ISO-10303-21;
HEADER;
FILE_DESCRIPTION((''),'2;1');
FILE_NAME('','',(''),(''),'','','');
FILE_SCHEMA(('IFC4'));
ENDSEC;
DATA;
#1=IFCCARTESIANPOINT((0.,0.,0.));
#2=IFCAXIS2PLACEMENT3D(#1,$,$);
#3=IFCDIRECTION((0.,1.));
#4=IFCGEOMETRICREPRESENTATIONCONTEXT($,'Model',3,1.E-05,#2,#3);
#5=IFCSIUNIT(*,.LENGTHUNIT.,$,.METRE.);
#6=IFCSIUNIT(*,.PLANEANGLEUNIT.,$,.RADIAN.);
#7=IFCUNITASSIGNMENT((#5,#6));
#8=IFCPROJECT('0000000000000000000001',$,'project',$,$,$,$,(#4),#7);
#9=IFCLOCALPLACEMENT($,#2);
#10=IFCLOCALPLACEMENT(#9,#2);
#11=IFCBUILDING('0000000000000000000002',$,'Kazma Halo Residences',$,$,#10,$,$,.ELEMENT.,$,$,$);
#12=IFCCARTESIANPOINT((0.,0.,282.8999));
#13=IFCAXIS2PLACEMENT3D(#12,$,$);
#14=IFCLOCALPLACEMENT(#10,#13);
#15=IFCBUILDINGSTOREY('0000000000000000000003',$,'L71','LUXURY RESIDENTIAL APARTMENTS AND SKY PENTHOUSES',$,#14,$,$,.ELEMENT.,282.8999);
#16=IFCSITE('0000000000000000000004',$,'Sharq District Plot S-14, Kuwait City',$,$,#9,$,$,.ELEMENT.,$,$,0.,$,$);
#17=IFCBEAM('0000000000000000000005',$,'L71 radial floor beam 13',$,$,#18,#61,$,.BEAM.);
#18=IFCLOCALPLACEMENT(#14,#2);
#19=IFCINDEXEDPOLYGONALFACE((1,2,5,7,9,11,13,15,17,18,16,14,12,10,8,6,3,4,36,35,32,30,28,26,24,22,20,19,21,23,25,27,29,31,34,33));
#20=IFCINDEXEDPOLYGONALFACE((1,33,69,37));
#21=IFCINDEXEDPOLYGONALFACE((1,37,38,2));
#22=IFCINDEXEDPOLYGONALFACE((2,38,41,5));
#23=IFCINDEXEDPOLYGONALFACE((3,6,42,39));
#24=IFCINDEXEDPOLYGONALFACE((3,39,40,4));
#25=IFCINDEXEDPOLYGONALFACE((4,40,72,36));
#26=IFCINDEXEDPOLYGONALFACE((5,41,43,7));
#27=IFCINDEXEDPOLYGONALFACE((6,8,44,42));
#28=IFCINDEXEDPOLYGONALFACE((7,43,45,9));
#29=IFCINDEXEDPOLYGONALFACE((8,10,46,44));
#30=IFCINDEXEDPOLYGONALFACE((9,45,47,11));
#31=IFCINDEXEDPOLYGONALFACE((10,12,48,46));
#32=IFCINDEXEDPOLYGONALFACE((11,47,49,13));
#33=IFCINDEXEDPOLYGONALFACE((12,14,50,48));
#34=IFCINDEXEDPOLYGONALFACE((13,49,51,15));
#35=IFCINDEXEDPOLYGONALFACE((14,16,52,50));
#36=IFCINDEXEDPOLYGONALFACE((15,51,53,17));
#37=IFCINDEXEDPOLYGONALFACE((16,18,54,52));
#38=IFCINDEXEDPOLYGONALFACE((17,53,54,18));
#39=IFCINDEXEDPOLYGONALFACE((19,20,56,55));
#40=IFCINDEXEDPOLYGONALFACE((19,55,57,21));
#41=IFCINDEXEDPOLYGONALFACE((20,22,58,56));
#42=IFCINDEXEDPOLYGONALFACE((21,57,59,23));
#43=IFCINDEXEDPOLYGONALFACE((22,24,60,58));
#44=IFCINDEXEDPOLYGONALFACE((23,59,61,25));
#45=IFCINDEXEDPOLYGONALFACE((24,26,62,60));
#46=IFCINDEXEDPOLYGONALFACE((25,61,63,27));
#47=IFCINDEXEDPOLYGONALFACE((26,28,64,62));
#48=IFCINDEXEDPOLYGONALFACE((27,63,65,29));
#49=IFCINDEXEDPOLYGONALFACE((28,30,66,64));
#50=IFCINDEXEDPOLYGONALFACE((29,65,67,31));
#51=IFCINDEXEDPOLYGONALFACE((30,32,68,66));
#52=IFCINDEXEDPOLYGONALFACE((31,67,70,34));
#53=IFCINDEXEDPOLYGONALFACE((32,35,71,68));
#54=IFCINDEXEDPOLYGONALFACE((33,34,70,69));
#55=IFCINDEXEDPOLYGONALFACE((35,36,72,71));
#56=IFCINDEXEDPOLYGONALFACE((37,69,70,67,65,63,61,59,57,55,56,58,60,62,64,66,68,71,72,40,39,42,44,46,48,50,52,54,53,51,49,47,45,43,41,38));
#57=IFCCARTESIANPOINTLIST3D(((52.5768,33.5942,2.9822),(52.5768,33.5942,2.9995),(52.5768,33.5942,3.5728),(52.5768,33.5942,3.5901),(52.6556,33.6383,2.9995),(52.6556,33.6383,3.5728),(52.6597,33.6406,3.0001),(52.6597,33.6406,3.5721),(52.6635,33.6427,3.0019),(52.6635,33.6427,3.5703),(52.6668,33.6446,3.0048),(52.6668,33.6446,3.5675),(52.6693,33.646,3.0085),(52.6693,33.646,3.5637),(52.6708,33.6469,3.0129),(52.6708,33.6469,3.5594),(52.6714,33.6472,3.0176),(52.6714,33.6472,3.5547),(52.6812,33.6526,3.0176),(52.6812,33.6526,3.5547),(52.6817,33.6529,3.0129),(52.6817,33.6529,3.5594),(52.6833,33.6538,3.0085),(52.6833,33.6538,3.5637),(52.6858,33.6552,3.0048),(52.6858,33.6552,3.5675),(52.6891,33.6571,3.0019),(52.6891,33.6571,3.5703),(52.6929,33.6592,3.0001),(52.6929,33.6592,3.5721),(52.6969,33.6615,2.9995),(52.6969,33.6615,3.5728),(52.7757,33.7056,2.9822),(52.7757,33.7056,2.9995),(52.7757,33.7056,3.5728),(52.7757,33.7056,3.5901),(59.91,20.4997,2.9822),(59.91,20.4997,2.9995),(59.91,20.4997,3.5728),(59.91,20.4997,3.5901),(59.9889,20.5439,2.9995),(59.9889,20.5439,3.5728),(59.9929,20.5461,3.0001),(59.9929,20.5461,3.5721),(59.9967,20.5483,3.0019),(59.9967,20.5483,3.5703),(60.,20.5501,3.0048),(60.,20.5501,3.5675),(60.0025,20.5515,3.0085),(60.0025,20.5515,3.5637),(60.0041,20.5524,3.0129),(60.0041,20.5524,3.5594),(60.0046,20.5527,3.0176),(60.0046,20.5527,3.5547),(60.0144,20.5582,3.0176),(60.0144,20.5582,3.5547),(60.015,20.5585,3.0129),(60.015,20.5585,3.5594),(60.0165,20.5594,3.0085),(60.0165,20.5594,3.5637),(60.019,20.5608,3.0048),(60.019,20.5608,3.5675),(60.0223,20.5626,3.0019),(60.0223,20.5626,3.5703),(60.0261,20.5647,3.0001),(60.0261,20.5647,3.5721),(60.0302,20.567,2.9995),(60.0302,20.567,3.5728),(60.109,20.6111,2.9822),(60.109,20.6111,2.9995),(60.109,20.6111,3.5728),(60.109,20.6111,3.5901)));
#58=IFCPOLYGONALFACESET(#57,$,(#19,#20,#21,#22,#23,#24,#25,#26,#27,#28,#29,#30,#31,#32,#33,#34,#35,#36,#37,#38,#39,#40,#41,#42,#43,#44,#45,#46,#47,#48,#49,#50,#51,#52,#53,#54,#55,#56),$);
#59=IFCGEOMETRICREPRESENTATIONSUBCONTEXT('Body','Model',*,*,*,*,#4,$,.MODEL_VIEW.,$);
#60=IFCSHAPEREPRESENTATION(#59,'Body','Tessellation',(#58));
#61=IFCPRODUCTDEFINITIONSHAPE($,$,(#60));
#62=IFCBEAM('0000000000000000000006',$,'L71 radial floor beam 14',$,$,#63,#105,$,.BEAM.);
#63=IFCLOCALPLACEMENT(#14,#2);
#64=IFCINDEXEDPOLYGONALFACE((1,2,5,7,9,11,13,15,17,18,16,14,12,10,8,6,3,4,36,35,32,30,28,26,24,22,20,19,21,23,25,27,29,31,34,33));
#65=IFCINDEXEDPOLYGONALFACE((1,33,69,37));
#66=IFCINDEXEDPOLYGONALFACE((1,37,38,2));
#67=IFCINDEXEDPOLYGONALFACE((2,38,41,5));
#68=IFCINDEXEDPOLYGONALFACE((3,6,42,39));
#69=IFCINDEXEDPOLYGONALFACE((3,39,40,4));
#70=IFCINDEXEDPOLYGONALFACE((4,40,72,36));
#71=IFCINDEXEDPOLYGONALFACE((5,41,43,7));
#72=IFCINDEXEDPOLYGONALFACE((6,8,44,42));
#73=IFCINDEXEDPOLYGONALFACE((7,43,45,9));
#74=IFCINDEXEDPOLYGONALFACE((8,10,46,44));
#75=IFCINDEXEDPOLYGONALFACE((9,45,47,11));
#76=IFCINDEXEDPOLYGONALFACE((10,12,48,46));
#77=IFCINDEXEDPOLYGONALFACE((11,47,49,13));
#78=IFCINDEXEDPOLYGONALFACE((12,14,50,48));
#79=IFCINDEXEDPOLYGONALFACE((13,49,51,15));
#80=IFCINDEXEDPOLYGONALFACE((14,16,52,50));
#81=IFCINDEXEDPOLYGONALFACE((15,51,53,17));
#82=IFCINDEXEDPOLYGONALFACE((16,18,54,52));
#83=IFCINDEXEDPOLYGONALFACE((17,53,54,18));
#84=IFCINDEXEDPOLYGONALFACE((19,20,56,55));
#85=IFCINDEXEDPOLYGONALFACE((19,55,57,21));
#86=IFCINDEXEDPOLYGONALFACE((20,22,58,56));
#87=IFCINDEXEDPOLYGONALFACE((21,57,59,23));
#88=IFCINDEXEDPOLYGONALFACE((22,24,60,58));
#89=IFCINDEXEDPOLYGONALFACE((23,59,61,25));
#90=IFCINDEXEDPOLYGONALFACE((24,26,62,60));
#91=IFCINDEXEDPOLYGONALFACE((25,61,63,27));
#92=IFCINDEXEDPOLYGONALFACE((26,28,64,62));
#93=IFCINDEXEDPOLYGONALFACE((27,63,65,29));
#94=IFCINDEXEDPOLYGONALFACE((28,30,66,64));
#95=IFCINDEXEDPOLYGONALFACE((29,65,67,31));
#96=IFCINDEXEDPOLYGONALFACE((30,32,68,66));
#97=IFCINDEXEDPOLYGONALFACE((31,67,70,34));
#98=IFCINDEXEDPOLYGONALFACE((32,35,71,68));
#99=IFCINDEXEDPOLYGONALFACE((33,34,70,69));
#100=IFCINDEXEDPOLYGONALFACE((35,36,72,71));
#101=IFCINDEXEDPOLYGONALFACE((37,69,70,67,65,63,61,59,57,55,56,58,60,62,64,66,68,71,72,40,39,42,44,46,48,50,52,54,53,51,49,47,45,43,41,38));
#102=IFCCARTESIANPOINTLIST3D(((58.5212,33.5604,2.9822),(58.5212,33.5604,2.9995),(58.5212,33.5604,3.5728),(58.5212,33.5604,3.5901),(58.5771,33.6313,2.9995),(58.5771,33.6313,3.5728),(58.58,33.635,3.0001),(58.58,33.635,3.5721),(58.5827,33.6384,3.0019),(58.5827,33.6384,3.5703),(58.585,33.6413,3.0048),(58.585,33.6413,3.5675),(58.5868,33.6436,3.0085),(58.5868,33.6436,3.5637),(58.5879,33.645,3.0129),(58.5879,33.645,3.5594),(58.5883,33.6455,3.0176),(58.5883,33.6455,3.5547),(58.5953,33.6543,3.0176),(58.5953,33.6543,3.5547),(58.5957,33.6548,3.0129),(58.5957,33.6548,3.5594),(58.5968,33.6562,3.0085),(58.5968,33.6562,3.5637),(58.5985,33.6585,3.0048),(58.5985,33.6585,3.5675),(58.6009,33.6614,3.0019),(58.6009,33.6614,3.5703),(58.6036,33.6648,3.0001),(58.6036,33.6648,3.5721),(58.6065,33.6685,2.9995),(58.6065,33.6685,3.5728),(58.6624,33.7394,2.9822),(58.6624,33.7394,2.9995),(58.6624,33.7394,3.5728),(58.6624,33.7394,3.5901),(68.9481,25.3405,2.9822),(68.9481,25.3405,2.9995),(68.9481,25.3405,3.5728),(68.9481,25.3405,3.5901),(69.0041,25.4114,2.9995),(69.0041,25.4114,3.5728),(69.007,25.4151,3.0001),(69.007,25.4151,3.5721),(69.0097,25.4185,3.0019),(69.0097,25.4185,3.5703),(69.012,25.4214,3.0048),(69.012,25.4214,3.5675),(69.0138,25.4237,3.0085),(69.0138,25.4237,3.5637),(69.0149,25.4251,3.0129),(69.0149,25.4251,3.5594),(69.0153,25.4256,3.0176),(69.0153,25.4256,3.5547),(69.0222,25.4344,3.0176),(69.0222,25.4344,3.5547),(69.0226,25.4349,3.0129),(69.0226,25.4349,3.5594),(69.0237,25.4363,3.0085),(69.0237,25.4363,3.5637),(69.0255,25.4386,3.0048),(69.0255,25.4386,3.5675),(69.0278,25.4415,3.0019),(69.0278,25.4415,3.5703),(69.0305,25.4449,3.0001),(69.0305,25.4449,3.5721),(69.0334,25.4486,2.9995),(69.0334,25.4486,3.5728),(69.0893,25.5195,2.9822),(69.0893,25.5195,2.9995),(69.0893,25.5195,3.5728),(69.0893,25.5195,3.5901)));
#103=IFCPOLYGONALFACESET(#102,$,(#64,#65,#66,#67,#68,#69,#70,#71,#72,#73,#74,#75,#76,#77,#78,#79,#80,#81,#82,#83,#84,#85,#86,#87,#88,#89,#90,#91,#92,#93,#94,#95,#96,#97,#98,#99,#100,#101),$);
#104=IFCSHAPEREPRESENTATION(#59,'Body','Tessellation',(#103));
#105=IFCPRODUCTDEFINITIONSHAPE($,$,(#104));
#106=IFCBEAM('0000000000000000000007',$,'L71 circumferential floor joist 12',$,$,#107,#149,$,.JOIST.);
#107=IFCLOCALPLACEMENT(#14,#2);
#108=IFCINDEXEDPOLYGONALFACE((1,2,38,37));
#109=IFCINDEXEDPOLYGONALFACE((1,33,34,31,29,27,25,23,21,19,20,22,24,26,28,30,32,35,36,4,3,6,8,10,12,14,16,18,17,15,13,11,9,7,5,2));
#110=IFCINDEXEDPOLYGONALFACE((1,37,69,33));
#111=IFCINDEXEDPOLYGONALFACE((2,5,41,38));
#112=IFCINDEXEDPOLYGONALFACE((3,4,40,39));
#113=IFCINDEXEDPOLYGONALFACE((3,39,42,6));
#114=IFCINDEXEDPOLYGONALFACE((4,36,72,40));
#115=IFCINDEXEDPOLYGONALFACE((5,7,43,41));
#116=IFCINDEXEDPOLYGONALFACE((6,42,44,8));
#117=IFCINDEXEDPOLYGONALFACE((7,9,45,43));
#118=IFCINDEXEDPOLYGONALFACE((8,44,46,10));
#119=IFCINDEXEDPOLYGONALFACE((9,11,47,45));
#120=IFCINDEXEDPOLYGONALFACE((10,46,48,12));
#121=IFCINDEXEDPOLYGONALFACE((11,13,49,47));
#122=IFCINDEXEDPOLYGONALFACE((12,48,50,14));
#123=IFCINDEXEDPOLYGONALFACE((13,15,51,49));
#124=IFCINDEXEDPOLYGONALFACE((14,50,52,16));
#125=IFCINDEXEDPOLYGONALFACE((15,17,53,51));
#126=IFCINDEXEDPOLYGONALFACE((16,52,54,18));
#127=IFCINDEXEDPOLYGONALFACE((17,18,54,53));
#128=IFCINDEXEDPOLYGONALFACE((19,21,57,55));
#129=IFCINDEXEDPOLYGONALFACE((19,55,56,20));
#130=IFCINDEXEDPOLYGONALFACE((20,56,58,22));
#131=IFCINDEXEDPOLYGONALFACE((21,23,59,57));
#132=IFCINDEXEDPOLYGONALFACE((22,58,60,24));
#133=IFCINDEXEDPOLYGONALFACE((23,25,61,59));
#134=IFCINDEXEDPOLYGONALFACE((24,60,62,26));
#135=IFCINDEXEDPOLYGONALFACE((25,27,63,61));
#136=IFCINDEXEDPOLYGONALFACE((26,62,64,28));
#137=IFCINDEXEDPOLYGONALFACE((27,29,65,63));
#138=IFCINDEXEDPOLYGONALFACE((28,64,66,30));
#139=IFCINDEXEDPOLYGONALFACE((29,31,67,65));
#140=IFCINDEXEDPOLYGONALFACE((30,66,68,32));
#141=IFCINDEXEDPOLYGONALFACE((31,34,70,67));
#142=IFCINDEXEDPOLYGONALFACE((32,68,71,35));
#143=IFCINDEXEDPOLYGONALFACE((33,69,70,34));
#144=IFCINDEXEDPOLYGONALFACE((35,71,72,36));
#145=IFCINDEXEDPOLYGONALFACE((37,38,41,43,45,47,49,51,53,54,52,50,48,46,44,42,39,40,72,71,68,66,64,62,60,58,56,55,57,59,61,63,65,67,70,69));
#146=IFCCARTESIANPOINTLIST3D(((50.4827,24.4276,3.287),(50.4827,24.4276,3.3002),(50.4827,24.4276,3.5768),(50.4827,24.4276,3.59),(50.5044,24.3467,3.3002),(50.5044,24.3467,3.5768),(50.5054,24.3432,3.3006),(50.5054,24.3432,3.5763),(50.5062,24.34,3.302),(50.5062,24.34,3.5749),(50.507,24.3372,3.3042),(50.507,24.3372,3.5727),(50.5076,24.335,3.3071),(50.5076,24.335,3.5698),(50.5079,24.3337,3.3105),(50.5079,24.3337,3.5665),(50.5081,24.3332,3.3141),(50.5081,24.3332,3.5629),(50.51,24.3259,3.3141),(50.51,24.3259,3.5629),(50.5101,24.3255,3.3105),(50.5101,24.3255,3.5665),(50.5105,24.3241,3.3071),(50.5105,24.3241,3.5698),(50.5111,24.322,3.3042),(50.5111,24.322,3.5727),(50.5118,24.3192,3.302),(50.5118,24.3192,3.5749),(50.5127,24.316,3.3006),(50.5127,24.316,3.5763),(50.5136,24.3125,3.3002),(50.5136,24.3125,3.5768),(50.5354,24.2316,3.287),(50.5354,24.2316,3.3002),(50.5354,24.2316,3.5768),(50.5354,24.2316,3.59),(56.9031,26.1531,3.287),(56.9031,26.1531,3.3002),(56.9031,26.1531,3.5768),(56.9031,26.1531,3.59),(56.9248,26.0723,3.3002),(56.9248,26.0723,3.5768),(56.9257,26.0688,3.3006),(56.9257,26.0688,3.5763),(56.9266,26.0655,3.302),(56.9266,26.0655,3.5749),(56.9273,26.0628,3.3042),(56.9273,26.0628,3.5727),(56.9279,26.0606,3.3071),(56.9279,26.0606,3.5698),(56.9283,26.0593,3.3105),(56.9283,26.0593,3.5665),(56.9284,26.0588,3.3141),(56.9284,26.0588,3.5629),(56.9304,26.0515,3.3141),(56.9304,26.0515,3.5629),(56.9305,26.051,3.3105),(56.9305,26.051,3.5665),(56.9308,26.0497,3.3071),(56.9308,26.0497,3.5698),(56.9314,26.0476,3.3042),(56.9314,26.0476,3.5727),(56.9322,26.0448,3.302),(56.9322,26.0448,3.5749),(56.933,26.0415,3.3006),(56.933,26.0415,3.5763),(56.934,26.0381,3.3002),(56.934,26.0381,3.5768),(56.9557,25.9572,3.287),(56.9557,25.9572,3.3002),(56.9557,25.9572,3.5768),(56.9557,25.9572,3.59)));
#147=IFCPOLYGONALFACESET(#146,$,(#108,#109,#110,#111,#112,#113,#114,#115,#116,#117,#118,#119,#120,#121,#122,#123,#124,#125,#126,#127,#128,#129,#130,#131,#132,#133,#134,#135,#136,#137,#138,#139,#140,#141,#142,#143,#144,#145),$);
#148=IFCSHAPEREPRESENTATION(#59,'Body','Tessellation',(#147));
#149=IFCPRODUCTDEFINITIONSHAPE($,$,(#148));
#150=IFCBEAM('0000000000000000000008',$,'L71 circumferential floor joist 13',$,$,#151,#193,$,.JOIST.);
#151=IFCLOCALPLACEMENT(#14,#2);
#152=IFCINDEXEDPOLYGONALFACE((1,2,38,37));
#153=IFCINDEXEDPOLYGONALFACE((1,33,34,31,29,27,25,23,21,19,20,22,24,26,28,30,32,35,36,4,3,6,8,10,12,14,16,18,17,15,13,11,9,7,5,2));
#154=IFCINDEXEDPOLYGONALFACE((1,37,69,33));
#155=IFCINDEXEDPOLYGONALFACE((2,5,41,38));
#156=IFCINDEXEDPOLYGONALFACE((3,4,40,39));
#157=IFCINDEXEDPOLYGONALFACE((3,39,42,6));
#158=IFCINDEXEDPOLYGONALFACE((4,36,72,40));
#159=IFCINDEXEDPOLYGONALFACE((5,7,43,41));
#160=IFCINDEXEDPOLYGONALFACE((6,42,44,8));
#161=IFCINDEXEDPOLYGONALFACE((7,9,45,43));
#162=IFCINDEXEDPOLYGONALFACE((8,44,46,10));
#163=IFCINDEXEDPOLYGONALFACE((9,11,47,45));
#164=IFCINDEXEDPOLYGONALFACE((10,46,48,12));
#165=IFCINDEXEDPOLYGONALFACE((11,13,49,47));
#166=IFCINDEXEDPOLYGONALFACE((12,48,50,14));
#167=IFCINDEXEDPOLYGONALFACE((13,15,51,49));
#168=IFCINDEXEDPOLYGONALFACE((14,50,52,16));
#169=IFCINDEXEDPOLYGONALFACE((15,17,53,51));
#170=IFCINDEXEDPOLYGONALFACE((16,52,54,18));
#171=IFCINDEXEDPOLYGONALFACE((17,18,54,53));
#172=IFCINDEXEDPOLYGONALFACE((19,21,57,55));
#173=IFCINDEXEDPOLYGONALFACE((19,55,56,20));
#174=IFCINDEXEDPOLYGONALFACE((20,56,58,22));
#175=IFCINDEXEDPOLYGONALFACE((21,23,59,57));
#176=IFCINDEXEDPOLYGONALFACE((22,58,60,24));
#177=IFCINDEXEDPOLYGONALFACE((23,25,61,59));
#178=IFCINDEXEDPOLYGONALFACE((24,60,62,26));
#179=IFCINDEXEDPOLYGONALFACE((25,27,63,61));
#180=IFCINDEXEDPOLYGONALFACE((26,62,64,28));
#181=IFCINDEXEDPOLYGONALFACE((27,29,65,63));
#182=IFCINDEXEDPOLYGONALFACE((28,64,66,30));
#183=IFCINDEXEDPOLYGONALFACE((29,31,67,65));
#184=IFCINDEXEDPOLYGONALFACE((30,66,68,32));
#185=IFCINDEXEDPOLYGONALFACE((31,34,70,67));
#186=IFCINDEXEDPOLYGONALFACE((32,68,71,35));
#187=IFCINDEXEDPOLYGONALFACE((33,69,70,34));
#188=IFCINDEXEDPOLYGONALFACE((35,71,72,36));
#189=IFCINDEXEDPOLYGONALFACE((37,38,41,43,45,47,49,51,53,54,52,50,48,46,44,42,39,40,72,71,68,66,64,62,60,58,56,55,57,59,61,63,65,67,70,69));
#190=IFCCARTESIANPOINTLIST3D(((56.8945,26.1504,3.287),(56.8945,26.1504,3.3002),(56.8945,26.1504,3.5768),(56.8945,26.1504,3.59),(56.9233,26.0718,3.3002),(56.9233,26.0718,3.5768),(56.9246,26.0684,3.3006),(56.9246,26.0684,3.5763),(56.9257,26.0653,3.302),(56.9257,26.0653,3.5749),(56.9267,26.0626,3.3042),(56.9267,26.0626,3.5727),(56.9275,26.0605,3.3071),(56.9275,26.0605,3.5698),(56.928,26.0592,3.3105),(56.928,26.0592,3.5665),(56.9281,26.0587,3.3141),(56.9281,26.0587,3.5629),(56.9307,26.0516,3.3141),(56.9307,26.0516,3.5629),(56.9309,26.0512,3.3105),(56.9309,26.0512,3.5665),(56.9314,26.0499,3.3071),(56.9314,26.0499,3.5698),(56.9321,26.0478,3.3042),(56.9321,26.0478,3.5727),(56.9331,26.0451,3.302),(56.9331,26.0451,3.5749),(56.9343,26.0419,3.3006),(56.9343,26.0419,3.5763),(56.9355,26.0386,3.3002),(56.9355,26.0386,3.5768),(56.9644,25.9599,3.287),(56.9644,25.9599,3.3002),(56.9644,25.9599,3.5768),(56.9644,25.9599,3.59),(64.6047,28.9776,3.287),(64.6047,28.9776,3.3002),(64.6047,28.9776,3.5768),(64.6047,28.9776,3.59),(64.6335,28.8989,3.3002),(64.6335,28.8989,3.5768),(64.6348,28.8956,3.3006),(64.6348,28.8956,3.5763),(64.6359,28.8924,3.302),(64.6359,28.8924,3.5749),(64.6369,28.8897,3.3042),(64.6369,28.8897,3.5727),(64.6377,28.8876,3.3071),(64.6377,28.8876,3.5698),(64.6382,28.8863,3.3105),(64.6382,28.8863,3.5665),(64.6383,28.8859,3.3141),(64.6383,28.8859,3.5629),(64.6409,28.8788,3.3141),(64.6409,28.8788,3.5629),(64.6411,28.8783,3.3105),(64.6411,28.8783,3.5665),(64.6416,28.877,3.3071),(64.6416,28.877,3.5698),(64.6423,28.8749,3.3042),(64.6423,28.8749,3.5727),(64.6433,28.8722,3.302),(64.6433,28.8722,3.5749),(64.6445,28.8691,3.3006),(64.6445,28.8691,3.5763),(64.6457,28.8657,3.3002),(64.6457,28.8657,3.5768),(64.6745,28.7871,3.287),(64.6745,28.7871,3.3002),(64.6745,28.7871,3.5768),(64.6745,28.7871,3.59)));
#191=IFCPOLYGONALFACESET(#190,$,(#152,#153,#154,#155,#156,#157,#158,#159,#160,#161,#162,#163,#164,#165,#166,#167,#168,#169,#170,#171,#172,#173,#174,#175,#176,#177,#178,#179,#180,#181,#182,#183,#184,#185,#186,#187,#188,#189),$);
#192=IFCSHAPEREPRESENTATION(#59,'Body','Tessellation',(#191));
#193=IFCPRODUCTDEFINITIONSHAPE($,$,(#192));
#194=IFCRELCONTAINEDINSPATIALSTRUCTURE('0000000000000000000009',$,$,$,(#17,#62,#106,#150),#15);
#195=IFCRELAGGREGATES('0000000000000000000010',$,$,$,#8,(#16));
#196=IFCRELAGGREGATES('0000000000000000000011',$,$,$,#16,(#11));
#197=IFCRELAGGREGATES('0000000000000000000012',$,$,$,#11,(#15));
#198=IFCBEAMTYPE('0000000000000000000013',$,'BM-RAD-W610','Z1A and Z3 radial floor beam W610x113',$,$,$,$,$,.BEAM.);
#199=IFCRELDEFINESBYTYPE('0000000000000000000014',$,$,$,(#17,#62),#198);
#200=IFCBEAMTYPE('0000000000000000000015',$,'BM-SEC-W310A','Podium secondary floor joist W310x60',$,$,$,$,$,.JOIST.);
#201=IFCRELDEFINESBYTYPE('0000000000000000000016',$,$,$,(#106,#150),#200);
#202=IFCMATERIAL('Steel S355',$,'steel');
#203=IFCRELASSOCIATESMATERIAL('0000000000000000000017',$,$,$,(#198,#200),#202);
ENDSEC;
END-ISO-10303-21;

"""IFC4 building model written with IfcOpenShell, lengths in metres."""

from ifc_helpers import new_model, si_unit, direction, frame, origin, origin_2d, place, context, subcontext, project, spatial, i_section, extrude, material, material_profile, profile_set, type_object, element, save


model = new_model("IFC4")

# Units and contexts
model_context = context("Model", 3, precision=1e-05, world=origin(), true_north=direction((0.0, 1.0)))
body_context = subcontext(model_context, "Body", "Model", "MODEL_VIEW")
ifc_project = project(units=[si_unit("LENGTHUNIT", "METRE"), si_unit("PLANEANGLEUNIT", "RADIAN")], contexts=[model_context])

# Site, building, storey
site_placement = place(None, origin())
site = spatial("IfcSite", under=ifc_project, at=site_placement, Name="Sharq District Plot S-14, Kuwait City", CompositionType="ELEMENT", RefElevation=0.0)
building_placement = place(site_placement, origin())
building = spatial("IfcBuilding", under=site, at=building_placement, Name="Kazma Halo Residences", CompositionType="ELEMENT")
storey_placement = place(building_placement, frame((0.0, 0.0, 282.8999)))
storey = spatial("IfcBuildingStorey", under=building, at=storey_placement, Name="L71", Description="LUXURY RESIDENTIAL APARTMENTS AND SKY PENTHOUSES", CompositionType="ELEMENT", Elevation=282.8999)

# Beams
ifc_material_1 = material(Name="Steel S355", Category="steel")
ifc_material_profile_1 = material_profile(ifc_material_1, i_section(OverallWidth=0.228, OverallDepth=0.6079, WebThickness=0.0112, FlangeThickness=0.0173, FilletRadius=0.0181, at=origin_2d()), Name="W610x113")
ifc_profile_set_1 = profile_set([ifc_material_profile_1], Name="Steel S355")
beam_type_1 = type_object("IfcBeamType", Name="BM-RAD-W610", Description="Z1A and Z3 radial floor beam W610x113", PredefinedType="BEAM", material=ifc_profile_set_1)
beam_1_placement = place(storey_placement, frame((52.6763, 33.6499, 3.2861), z_axis=(0.488621, -0.872496, 0.0), x_axis=(0.872496, 0.488621, 0.0)))
element("IfcBeam", 1, at=beam_1_placement, inside=storey, type_object=beam_type_1, Name="L71 radial floor beam 13", PredefinedType="BEAM", context=body_context, shape_type="SweptSolid", body=[
    extrude(i_section(OverallWidth=0.228, OverallDepth=0.6079, WebThickness=0.0112, FlangeThickness=0.0173, FilletRadius=0.0181, at=origin_2d()), origin(), (0.0, 0.0, 1.0), 15.0081),
])
beam_2_placement = place(storey_placement, frame((58.5918, 33.6499, 3.2861), z_axis=(0.785317, -0.619093, 0.0), x_axis=(0.619093, 0.785317, 0.0)))
element("IfcBeam", 2, at=beam_2_placement, inside=storey, type_object=beam_type_1, Name="L71 radial floor beam 14", PredefinedType="BEAM", context=body_context, shape_type="SweptSolid", body=[
    extrude(i_section(OverallWidth=0.228, OverallDepth=0.6079, WebThickness=0.0112, FlangeThickness=0.0173, FilletRadius=0.0181, at=origin_2d()), origin(), (0.0, 0.0, 1.0), 13.2773),
])
ifc_material_profile_2 = material_profile(ifc_material_1, i_section(OverallWidth=0.2029, OverallDepth=0.303, WebThickness=0.0076, FlangeThickness=0.0132, FilletRadius=0.0139, at=origin_2d()), Name="W310x60")
ifc_profile_set_2 = profile_set([ifc_material_profile_2], Name="Steel S355")
beam_type_2 = type_object("IfcBeamType", Name="BM-SEC-W310A", Description="Podium secondary floor joist W310x60", PredefinedType="JOIST", material=ifc_profile_set_2)
beam_3_placement = place(storey_placement, frame((50.509, 24.3296, 3.4385), z_axis=(0.965728, 0.259555, 0.0), x_axis=(-0.259555, 0.965728, 0.0)))
element("IfcBeam", 3, at=beam_3_placement, inside=storey, type_object=beam_type_2, Name="L71 circumferential floor joist 12", PredefinedType="JOIST", context=body_context, shape_type="SweptSolid", body=[
    extrude(i_section(OverallWidth=0.2029, OverallDepth=0.303, WebThickness=0.0076, FlangeThickness=0.0132, FilletRadius=0.0139, at=origin_2d()), origin(), (0.0, 0.0, 1.0), 6.6482),
])
beam_4_placement = place(storey_placement, frame((56.9294, 26.0552, 3.4385), z_axis=(0.938873, 0.344263, 0.0), x_axis=(-0.344263, 0.938873, 0.0)))
element("IfcBeam", 4, at=beam_4_placement, inside=storey, type_object=beam_type_2, Name="L71 circumferential floor joist 13", PredefinedType="JOIST", context=body_context, shape_type="SweptSolid", body=[
    extrude(i_section(OverallWidth=0.2029, OverallDepth=0.303, WebThickness=0.0076, FlangeThickness=0.0132, FilletRadius=0.0139, at=origin_2d()), origin(), (0.0, 0.0, 1.0), 8.2122),
])

save(model, "model.ifc")
